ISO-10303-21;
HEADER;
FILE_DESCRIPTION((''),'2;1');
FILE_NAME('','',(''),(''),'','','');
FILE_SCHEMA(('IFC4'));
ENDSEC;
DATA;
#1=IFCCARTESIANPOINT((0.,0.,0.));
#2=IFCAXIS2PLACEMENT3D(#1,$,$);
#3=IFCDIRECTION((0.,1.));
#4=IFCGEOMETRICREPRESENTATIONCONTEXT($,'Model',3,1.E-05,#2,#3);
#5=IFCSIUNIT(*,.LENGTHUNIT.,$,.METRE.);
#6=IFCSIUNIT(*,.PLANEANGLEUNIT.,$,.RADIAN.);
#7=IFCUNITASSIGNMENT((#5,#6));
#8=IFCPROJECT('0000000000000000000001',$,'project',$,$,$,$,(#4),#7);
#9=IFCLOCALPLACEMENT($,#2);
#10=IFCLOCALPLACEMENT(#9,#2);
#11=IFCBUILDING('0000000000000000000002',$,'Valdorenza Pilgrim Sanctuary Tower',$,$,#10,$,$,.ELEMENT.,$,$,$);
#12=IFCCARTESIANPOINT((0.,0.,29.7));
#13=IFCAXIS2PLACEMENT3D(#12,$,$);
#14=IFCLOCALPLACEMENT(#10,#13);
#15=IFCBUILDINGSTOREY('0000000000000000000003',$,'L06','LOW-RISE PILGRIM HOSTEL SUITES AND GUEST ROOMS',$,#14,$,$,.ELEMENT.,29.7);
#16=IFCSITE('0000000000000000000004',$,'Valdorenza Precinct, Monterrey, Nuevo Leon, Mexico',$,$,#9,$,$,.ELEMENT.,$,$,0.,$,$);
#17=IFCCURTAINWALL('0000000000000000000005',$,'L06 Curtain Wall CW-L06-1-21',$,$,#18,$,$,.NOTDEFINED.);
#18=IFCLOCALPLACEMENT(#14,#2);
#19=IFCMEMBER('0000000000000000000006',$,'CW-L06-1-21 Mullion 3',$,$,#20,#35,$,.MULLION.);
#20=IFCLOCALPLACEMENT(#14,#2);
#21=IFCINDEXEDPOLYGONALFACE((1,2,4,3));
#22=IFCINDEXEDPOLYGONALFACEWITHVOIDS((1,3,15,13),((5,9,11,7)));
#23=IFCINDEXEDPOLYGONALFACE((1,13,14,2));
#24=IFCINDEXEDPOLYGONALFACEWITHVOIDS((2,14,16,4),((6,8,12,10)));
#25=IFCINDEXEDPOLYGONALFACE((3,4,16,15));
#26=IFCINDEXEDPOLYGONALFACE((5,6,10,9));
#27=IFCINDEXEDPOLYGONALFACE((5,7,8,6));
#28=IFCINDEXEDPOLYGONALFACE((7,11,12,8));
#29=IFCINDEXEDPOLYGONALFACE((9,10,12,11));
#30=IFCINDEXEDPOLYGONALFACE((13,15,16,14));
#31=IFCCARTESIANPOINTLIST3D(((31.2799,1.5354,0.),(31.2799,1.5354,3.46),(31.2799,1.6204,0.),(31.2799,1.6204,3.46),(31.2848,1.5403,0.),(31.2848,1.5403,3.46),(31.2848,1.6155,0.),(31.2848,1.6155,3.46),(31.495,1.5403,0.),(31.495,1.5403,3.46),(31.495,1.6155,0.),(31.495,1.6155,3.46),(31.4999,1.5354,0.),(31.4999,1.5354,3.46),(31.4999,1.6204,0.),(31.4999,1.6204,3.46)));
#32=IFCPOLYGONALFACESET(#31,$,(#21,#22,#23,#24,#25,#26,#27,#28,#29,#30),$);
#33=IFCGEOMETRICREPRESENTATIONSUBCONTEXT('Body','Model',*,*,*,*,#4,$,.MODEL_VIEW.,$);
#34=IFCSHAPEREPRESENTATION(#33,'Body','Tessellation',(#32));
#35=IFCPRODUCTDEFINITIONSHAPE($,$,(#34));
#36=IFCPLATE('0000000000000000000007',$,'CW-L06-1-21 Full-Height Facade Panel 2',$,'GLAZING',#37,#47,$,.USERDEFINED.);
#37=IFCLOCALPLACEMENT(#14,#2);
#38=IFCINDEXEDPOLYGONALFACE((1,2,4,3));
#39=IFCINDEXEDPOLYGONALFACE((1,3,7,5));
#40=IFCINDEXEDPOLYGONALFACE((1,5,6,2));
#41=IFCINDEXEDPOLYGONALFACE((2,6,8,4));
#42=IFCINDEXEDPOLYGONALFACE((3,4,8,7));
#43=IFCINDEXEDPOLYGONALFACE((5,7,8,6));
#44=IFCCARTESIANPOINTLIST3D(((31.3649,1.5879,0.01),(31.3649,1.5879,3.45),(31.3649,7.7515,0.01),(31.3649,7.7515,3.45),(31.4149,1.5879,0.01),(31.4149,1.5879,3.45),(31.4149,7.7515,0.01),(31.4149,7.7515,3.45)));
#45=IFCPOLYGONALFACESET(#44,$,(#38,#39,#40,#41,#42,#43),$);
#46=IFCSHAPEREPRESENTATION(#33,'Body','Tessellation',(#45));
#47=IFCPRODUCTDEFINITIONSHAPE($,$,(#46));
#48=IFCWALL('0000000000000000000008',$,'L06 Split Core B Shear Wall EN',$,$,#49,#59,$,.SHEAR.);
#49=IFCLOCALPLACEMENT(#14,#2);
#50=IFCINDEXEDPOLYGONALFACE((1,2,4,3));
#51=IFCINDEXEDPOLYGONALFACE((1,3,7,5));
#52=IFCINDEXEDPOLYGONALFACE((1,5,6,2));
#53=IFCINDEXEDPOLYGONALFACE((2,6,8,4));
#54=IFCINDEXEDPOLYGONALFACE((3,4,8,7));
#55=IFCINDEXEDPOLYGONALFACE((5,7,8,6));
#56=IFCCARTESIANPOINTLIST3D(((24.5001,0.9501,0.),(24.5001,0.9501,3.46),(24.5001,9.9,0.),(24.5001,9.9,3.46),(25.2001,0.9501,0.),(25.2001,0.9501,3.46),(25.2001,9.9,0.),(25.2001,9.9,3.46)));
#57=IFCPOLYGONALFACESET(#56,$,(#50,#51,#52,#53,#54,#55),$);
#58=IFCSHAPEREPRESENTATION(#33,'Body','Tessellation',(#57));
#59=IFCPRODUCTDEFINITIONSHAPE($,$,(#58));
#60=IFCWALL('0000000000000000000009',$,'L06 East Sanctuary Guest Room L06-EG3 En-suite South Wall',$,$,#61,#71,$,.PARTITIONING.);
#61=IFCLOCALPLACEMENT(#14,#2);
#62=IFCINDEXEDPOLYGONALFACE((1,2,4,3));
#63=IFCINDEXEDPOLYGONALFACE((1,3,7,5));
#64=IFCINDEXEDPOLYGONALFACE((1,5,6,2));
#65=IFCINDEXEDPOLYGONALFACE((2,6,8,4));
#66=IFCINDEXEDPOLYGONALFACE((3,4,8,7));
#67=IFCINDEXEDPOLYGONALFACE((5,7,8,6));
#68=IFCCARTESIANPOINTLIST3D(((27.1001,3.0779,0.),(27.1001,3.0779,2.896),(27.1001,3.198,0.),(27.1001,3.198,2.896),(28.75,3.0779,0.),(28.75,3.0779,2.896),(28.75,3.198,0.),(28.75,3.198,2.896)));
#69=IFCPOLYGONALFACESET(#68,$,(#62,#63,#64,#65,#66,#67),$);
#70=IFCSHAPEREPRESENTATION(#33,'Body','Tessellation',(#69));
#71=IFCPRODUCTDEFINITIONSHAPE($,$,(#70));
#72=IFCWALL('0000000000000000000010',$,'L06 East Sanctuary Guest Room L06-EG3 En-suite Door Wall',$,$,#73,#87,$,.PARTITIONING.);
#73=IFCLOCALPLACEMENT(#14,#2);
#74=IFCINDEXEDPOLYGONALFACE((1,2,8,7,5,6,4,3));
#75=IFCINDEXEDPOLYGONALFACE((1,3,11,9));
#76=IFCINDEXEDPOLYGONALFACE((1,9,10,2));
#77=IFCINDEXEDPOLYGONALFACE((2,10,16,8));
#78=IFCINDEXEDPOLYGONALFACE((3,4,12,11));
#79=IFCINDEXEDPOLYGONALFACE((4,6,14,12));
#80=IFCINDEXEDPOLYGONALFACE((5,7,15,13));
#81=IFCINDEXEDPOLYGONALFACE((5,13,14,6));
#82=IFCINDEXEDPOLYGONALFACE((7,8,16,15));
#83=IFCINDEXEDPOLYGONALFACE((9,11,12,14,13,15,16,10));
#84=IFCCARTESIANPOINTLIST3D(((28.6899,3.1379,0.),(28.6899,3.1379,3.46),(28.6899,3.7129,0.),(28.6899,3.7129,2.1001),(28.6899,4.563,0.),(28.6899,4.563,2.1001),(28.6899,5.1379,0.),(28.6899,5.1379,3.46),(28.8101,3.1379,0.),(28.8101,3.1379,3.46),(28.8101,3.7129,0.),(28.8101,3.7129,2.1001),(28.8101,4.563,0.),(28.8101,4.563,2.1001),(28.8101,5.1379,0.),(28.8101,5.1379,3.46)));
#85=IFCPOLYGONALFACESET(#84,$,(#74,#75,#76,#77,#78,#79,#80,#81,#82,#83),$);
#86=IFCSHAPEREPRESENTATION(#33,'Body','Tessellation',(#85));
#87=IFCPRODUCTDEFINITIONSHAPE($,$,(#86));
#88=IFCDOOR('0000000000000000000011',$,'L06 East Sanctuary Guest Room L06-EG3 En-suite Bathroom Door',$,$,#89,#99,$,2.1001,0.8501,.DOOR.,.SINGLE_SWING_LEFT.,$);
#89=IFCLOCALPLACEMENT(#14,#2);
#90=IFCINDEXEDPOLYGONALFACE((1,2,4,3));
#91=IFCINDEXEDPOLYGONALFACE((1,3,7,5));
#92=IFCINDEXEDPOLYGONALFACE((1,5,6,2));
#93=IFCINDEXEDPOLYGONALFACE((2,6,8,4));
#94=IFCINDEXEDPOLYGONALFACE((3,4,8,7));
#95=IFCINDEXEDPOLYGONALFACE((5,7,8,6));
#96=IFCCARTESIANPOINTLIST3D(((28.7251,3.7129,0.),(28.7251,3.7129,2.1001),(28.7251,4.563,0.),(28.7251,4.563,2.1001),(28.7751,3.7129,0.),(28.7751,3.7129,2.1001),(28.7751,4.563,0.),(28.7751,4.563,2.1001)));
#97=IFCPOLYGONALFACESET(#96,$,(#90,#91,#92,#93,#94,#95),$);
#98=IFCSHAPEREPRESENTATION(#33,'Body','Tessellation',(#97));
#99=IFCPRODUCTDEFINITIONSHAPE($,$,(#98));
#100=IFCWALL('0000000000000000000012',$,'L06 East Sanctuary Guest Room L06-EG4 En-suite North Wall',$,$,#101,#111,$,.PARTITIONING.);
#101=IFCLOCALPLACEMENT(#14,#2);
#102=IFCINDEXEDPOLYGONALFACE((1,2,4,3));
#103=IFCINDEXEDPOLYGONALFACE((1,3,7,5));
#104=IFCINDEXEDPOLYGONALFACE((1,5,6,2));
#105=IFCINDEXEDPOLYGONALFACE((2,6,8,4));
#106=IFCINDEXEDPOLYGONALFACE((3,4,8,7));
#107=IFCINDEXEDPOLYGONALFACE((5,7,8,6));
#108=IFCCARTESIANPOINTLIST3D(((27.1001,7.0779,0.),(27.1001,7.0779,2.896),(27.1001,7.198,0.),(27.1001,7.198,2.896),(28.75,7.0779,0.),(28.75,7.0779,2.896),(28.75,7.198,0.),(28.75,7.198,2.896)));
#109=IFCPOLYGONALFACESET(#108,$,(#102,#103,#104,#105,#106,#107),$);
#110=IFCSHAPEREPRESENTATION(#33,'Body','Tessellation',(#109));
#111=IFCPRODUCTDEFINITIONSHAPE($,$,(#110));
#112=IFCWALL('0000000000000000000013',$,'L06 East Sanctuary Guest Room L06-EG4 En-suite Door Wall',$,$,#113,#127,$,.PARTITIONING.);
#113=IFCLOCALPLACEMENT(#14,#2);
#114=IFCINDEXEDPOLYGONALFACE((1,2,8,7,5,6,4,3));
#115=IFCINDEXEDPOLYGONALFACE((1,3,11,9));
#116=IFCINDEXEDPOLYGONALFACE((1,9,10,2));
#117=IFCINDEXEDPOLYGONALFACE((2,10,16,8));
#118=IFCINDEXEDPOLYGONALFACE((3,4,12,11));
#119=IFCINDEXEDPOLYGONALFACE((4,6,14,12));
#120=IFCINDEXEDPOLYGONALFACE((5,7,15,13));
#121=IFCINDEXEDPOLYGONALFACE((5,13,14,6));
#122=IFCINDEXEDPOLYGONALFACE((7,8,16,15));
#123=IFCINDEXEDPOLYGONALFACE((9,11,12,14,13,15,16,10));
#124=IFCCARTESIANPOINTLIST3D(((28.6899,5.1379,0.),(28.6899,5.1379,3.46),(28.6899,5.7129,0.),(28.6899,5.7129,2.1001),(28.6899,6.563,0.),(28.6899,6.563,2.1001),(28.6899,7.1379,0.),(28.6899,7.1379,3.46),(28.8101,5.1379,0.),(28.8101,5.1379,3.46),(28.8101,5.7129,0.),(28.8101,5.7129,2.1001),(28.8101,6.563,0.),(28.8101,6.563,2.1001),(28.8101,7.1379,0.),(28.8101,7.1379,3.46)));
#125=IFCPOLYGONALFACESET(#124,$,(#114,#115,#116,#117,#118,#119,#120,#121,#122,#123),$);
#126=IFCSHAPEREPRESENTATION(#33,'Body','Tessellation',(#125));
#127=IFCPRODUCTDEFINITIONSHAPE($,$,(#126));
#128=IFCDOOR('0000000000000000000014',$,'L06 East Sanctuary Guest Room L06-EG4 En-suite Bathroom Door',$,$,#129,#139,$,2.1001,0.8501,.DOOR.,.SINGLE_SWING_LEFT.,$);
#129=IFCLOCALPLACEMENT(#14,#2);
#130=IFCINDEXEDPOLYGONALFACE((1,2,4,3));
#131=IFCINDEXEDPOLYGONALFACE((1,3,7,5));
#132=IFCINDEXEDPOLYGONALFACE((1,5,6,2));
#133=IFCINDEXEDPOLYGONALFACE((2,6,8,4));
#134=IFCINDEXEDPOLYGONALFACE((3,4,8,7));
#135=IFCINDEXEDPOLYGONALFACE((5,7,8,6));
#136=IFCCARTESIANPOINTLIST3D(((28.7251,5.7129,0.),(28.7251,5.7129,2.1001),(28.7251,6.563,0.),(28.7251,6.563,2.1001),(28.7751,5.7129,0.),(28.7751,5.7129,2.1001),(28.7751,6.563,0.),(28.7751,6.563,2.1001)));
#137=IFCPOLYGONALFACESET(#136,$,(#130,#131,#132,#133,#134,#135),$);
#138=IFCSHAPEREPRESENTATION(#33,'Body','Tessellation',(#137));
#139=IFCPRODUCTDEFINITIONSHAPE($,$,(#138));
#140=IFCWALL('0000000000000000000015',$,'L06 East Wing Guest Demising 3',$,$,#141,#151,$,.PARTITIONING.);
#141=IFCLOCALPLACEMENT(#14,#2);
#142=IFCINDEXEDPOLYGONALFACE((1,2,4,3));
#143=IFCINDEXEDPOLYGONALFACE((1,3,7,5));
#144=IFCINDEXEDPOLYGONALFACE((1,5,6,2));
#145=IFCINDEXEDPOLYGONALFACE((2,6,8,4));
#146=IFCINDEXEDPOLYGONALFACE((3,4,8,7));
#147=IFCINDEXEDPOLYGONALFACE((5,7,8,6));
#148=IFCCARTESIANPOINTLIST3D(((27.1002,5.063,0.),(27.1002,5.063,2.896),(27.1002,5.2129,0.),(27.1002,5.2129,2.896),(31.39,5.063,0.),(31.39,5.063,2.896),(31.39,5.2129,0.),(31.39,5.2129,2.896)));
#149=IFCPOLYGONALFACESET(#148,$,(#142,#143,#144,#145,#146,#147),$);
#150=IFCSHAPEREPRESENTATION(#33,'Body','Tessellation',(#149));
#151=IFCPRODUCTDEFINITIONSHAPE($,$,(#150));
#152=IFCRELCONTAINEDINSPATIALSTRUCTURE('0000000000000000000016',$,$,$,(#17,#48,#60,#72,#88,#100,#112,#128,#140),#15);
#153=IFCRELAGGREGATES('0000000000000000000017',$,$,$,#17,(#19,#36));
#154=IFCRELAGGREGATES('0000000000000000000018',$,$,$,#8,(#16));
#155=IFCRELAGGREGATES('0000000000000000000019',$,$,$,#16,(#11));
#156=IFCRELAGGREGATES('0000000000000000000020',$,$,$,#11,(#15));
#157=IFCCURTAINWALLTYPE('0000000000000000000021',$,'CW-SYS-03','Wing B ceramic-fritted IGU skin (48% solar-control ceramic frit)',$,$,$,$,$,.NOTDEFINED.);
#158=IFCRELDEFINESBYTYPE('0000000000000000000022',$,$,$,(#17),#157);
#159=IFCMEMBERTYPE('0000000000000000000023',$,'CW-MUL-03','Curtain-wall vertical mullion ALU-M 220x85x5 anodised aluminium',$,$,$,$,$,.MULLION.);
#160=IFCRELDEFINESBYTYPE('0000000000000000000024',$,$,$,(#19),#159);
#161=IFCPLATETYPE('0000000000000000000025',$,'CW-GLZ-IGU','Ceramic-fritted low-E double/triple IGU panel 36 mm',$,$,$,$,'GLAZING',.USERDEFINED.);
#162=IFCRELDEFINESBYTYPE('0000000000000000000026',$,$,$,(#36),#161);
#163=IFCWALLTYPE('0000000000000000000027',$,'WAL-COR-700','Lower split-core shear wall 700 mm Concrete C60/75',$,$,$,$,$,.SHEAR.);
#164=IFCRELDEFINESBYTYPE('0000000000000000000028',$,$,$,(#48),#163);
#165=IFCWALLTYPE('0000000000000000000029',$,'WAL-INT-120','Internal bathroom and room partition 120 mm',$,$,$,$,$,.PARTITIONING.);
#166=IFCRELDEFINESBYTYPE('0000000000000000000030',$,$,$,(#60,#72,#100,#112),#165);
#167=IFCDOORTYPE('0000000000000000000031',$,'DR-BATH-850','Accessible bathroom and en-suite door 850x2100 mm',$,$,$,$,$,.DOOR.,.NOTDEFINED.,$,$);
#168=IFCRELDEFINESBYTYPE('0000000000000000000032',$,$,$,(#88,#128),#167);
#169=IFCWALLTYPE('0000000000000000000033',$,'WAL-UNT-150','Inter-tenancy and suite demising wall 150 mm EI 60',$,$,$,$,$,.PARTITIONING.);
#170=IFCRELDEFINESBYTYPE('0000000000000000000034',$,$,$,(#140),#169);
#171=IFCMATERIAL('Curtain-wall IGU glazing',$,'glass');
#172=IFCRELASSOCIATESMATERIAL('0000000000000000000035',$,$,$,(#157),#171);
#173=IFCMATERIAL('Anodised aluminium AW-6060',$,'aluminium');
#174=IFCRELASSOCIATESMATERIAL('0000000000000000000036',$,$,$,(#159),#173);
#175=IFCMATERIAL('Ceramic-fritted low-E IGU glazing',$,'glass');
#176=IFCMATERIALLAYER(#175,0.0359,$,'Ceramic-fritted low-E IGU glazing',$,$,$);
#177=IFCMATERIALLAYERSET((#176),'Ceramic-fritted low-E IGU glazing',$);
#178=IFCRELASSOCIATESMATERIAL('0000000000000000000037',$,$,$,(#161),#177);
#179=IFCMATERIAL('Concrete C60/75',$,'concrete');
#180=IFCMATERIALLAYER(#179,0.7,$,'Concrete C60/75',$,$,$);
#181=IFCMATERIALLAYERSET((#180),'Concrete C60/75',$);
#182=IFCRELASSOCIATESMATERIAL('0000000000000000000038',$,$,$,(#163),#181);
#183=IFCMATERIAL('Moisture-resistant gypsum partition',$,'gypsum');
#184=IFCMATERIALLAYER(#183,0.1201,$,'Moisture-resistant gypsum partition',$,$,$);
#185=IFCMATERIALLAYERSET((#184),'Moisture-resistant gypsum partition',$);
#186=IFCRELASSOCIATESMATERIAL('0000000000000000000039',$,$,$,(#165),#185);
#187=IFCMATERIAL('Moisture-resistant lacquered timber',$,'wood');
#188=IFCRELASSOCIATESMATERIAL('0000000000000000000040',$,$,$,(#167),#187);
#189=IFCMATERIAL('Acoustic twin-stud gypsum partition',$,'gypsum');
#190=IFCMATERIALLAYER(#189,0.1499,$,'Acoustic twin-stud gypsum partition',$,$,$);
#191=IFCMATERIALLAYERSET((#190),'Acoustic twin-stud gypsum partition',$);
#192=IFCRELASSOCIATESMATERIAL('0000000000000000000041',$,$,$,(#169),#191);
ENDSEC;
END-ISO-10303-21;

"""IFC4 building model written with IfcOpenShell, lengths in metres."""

from ifc_helpers import new_model, si_unit, direction, frame, frame_2d, origin, origin_2d, place, context, subcontext, project, spatial, rectangle, hollow_rectangle, extrude, source, transform, mapped, material, layer, layer_set, material_profile, profile_set, type_object, element, fill, aggregate, save


model = new_model("IFC4")

# Units and contexts
model_context = context("Model", 3, precision=1e-05, world=origin(), true_north=direction((0.0, 1.0)))
body_context = subcontext(model_context, "Body", "Model", "MODEL_VIEW")
ifc_project = project(units=[si_unit("LENGTHUNIT", "METRE"), si_unit("PLANEANGLEUNIT", "RADIAN")], contexts=[model_context])

# Site, building, storey
site_placement = place(None, origin())
site = spatial("IfcSite", under=ifc_project, at=site_placement, Name="Valdorenza Precinct, Monterrey, Nuevo Leon, Mexico", CompositionType="ELEMENT", RefElevation=0.0)
building_placement = place(site_placement, origin())
building = spatial("IfcBuilding", under=site, at=building_placement, Name="Valdorenza Pilgrim Sanctuary Tower", CompositionType="ELEMENT")
storey_placement = place(building_placement, frame((0.0, 0.0, 29.7)))
storey = spatial("IfcBuildingStorey", under=building, at=storey_placement, Name="L06", Description="LOW-RISE PILGRIM HOSTEL SUITES AND GUEST ROOMS", CompositionType="ELEMENT", Elevation=29.7)

# Curtain wall, member, plate
ifc_material_1 = material(Name="Curtain-wall IGU glazing", Category="glass")
curtain_wall_type = type_object("IfcCurtainWallType", Name="CW-SYS-03", Description="Wing B ceramic-fritted IGU skin (48% solar-control ceramic frit)", PredefinedType="NOTDEFINED", material=ifc_material_1)
curtain_wall_placement = place(storey_placement, origin())
curtain_wall = element("IfcCurtainWall", 1, at=curtain_wall_placement, inside=storey, type_object=curtain_wall_type, Name="L06 Curtain Wall CW-L06-1-21", PredefinedType="NOTDEFINED")
ifc_material_2 = material(Name="Anodised aluminium AW-6060", Category="aluminium")
ifc_material_profile_1 = material_profile(ifc_material_2, hollow_rectangle(XDim=0.085, YDim=0.22, WallThickness=0.0049, at=origin_2d()), Name="ALU-M 220x85x5")
ifc_profile_set_1 = profile_set([ifc_material_profile_1], Name="Anodised aluminium AW-6060")
member_type = type_object("IfcMemberType", Name="CW-MUL-03", Description="Curtain-wall vertical mullion ALU-M 220x85x5 anodised aluminium", PredefinedType="MULLION", material=ifc_profile_set_1)
shared_shape_1 = source(origin(), body_context, "Body", "SweptSolid", [
    extrude(hollow_rectangle(XDim=0.085, YDim=0.22, WallThickness=0.0049, at=origin_2d()), origin(), (0.0, 0.0, 1.0), 3.46),
])
member_1_placement = place(storey_placement, frame((31.3899, 1.5779, 0.0), z_axis=(0.0, 0.0, 1.0), x_axis=(0.0, -1.0, 0.0)))
member_1 = element("IfcMember", 2, at=member_1_placement, type_object=member_type, Name="CW-L06-1-21 Mullion 3", PredefinedType="MULLION", context=body_context, shape_type="MappedRepresentation", body=[
    mapped(shared_shape_1, transform((0.0, 0.0, 0.0), x_axis=(1.0, 0.0, 0.0), y_axis=(0.0, 1.0, 0.0), z_axis=(0.0, 0.0, 1.0), scale=1.0)),
])
ifc_material_3 = material(Name="Ceramic-fritted low-E IGU glazing", Category="glass")
ifc_layer_1 = layer(ifc_material_3, 0.0359, Name="Ceramic-fritted low-E IGU glazing")
ifc_layer_set_1 = layer_set([ifc_layer_1], Name="Ceramic-fritted low-E IGU glazing")
plate_type = type_object("IfcPlateType", Name="CW-GLZ-IGU", Description="Ceramic-fritted low-E double/triple IGU panel 36 mm", ElementType="GLAZING", PredefinedType="USERDEFINED", material=ifc_layer_set_1)
shared_shape_2 = source(origin(), body_context, "Body", "SweptSolid", [
    extrude(rectangle(XDim=6.1636, YDim=0.05, at=origin_2d()), origin(), (0.0, 0.0, 1.0), 3.4399),
])
plate_placement = place(storey_placement, frame((31.3899, 4.6697, 0.01), z_axis=(0.0, 0.0, 1.0), x_axis=(0.0, -1.0, 0.0)))
plate = element("IfcPlate", 3, at=plate_placement, type_object=plate_type, Name="CW-L06-1-21 Full-Height Facade Panel 2", ObjectType="GLAZING", PredefinedType="USERDEFINED", context=body_context, shape_type="MappedRepresentation", body=[
    mapped(shared_shape_2, transform((0.0, 0.0, 0.0), x_axis=(1.0, 0.0, 0.0), y_axis=(0.0, 1.0, 0.0), z_axis=(0.0, 0.0, 1.0), scale=1.0)),
])
aggregate(curtain_wall, [member_1, plate])

# Walls
ifc_material_4 = material(Name="Concrete C60/75", Category="concrete")
ifc_layer_2 = layer(ifc_material_4, 0.7, Name="Concrete C60/75")
ifc_layer_set_2 = layer_set([ifc_layer_2], Name="Concrete C60/75")
wall_type_1 = type_object("IfcWallType", Name="WAL-COR-700", Description="Lower split-core shear wall 700 mm Concrete C60/75", PredefinedType="SHEAR", material=ifc_layer_set_2)
wall_1_placement = place(storey_placement, frame((24.8501, 0.95, 0.0), z_axis=(0.0, 0.0, 1.0), x_axis=(0.0, 1.0, 0.0)))
element("IfcWall", 4, at=wall_1_placement, inside=storey, type_object=wall_type_1, Name="L06 Split Core B Shear Wall EN", PredefinedType="SHEAR", context=body_context, shape_type="SweptSolid", body=[
    extrude(rectangle(XDim=8.95, YDim=0.7, at=frame_2d((4.4751, 0.0))), origin(), (0.0, 0.0, 1.0), 3.46),
])
ifc_material_5 = material(Name="Moisture-resistant gypsum partition", Category="gypsum")
ifc_layer_3 = layer(ifc_material_5, 0.1201, Name="Moisture-resistant gypsum partition")
ifc_layer_set_3 = layer_set([ifc_layer_3], Name="Moisture-resistant gypsum partition")
wall_type_2 = type_object("IfcWallType", Name="WAL-INT-120", Description="Internal bathroom and room partition 120 mm", PredefinedType="PARTITIONING", material=ifc_layer_set_3)
wall_2_placement = place(storey_placement, frame((27.1001, 3.1379, 0.0), z_axis=(0.0, 0.0, 1.0), x_axis=(1.0, 0.0, 0.0)))
element("IfcWall", 5, at=wall_2_placement, inside=storey, type_object=wall_type_2, Name="L06 East Sanctuary Guest Room L06-EG3 En-suite South Wall", PredefinedType="PARTITIONING", context=body_context, shape_type="SweptSolid", body=[
    extrude(rectangle(XDim=1.6499, YDim=0.1201, at=frame_2d((0.825, 0.0))), origin(), (0.0, 0.0, 1.0), 2.896),
])

# Wall, opening, door
wall_3_placement = place(storey_placement, frame((28.75, 3.1379, 0.0), z_axis=(0.0, 0.0, 1.0), x_axis=(0.0, 1.0, 0.0)))
wall_3 = element("IfcWall", 6, at=wall_3_placement, inside=storey, type_object=wall_type_2, Name="L06 East Sanctuary Guest Room L06-EG3 En-suite Door Wall", PredefinedType="PARTITIONING", context=body_context, shape_type="SweptSolid", body=[
    extrude(rectangle(XDim=2.0, YDim=0.1201, at=frame_2d((1.0, 0.0))), origin(), (0.0, 0.0, 1.0), 3.46),
])
opening_1_placement = place(wall_3_placement, frame((0.575, 0.0, 0.0)))
opening_1 = element("IfcOpeningElement", 7, at=opening_1_placement, cuts=wall_3, PredefinedType="OPENING", context=body_context, shape_type="SweptSolid", body=[
    extrude(rectangle(XDim=0.8501, YDim=2.1001, at=frame_2d((0.425, 1.05))), frame((0.0, 0.075, 0.0), z_axis=(0.0, -1.0, 0.0), x_axis=(1.0, 0.0, 0.0)), (0.0, 0.0, 1.0), 0.1499),
])
ifc_material_6 = material(Name="Moisture-resistant lacquered timber", Category="wood")
door_type = type_object("IfcDoorType", Name="DR-BATH-850", Description="Accessible bathroom and en-suite door 850x2100 mm", OperationType="NOTDEFINED", PredefinedType="DOOR", material=ifc_material_6)
door_1_placement = place(opening_1_placement, origin())
door_1 = element("IfcDoor", 8, at=door_1_placement, inside=storey, type_object=door_type, Name="L06 East Sanctuary Guest Room L06-EG3 En-suite Bathroom Door", OperationType="SINGLE_SWING_LEFT", OverallHeight=2.1001, OverallWidth=0.8501, PredefinedType="DOOR", context=body_context, shape_type="SweptSolid", body=[
    extrude(rectangle(XDim=0.8501, YDim=2.1001, at=frame_2d((0.425, 1.05))), frame((0.0, 0.0249, 0.0), z_axis=(0.0, -1.0, 0.0), x_axis=(1.0, 0.0, 0.0)), (0.0, 0.0, 1.0), 0.05),
])
fill(opening_1, door_1)

# Wall
wall_4_placement = place(storey_placement, frame((27.1001, 7.1379, 0.0), z_axis=(0.0, 0.0, 1.0), x_axis=(1.0, 0.0, 0.0)))
element("IfcWall", 9, at=wall_4_placement, inside=storey, type_object=wall_type_2, Name="L06 East Sanctuary Guest Room L06-EG4 En-suite North Wall", PredefinedType="PARTITIONING", context=body_context, shape_type="SweptSolid", body=[
    extrude(rectangle(XDim=1.6499, YDim=0.1201, at=frame_2d((0.825, 0.0))), origin(), (0.0, 0.0, 1.0), 2.896),
])

# Wall, opening, door
wall_5_placement = place(storey_placement, frame((28.75, 5.1379, 0.0), z_axis=(0.0, 0.0, 1.0), x_axis=(0.0, 1.0, 0.0)))
wall_5 = element("IfcWall", 10, at=wall_5_placement, inside=storey, type_object=wall_type_2, Name="L06 East Sanctuary Guest Room L06-EG4 En-suite Door Wall", PredefinedType="PARTITIONING", context=body_context, shape_type="SweptSolid", body=[
    extrude(rectangle(XDim=2.0, YDim=0.1201, at=frame_2d((1.0, 0.0))), origin(), (0.0, 0.0, 1.0), 3.46),
])
opening_2_placement = place(wall_5_placement, frame((0.575, 0.0, 0.0)))
opening_2 = element("IfcOpeningElement", 11, at=opening_2_placement, cuts=wall_5, PredefinedType="OPENING", context=body_context, shape_type="SweptSolid", body=[
    extrude(rectangle(XDim=0.8501, YDim=2.1001, at=frame_2d((0.425, 1.05))), frame((0.0, 0.075, 0.0), z_axis=(0.0, -1.0, 0.0), x_axis=(1.0, 0.0, 0.0)), (0.0, 0.0, 1.0), 0.1499),
])
door_2_placement = place(opening_2_placement, origin())
door_2 = element("IfcDoor", 12, at=door_2_placement, inside=storey, type_object=door_type, Name="L06 East Sanctuary Guest Room L06-EG4 En-suite Bathroom Door", OperationType="SINGLE_SWING_LEFT", OverallHeight=2.1001, OverallWidth=0.8501, PredefinedType="DOOR", context=body_context, shape_type="SweptSolid", body=[
    extrude(rectangle(XDim=0.8501, YDim=2.1001, at=frame_2d((0.425, 1.05))), frame((0.0, 0.0249, 0.0), z_axis=(0.0, -1.0, 0.0), x_axis=(1.0, 0.0, 0.0)), (0.0, 0.0, 1.0), 0.05),
])
fill(opening_2, door_2)

# Wall
ifc_material_7 = material(Name="Acoustic twin-stud gypsum partition", Category="gypsum")
ifc_layer_4 = layer(ifc_material_7, 0.1499, Name="Acoustic twin-stud gypsum partition")
ifc_layer_set_4 = layer_set([ifc_layer_4], Name="Acoustic twin-stud gypsum partition")
wall_type_3 = type_object("IfcWallType", Name="WAL-UNT-150", Description="Inter-tenancy and suite demising wall 150 mm EI 60", PredefinedType="PARTITIONING", material=ifc_layer_set_4)
wall_6_placement = place(storey_placement, frame((27.1001, 5.1379, 0.0), z_axis=(0.0, 0.0, 1.0), x_axis=(1.0, 0.0, 0.0)))
element("IfcWall", 13, at=wall_6_placement, inside=storey, type_object=wall_type_3, Name="L06 East Wing Guest Demising 3", PredefinedType="PARTITIONING", context=body_context, shape_type="SweptSolid", body=[
    extrude(rectangle(XDim=4.2898, YDim=0.1499, at=frame_2d((2.145, 0.0))), origin(), (0.0, 0.0, 1.0), 2.896),
])

save(model, "model.ifc")
